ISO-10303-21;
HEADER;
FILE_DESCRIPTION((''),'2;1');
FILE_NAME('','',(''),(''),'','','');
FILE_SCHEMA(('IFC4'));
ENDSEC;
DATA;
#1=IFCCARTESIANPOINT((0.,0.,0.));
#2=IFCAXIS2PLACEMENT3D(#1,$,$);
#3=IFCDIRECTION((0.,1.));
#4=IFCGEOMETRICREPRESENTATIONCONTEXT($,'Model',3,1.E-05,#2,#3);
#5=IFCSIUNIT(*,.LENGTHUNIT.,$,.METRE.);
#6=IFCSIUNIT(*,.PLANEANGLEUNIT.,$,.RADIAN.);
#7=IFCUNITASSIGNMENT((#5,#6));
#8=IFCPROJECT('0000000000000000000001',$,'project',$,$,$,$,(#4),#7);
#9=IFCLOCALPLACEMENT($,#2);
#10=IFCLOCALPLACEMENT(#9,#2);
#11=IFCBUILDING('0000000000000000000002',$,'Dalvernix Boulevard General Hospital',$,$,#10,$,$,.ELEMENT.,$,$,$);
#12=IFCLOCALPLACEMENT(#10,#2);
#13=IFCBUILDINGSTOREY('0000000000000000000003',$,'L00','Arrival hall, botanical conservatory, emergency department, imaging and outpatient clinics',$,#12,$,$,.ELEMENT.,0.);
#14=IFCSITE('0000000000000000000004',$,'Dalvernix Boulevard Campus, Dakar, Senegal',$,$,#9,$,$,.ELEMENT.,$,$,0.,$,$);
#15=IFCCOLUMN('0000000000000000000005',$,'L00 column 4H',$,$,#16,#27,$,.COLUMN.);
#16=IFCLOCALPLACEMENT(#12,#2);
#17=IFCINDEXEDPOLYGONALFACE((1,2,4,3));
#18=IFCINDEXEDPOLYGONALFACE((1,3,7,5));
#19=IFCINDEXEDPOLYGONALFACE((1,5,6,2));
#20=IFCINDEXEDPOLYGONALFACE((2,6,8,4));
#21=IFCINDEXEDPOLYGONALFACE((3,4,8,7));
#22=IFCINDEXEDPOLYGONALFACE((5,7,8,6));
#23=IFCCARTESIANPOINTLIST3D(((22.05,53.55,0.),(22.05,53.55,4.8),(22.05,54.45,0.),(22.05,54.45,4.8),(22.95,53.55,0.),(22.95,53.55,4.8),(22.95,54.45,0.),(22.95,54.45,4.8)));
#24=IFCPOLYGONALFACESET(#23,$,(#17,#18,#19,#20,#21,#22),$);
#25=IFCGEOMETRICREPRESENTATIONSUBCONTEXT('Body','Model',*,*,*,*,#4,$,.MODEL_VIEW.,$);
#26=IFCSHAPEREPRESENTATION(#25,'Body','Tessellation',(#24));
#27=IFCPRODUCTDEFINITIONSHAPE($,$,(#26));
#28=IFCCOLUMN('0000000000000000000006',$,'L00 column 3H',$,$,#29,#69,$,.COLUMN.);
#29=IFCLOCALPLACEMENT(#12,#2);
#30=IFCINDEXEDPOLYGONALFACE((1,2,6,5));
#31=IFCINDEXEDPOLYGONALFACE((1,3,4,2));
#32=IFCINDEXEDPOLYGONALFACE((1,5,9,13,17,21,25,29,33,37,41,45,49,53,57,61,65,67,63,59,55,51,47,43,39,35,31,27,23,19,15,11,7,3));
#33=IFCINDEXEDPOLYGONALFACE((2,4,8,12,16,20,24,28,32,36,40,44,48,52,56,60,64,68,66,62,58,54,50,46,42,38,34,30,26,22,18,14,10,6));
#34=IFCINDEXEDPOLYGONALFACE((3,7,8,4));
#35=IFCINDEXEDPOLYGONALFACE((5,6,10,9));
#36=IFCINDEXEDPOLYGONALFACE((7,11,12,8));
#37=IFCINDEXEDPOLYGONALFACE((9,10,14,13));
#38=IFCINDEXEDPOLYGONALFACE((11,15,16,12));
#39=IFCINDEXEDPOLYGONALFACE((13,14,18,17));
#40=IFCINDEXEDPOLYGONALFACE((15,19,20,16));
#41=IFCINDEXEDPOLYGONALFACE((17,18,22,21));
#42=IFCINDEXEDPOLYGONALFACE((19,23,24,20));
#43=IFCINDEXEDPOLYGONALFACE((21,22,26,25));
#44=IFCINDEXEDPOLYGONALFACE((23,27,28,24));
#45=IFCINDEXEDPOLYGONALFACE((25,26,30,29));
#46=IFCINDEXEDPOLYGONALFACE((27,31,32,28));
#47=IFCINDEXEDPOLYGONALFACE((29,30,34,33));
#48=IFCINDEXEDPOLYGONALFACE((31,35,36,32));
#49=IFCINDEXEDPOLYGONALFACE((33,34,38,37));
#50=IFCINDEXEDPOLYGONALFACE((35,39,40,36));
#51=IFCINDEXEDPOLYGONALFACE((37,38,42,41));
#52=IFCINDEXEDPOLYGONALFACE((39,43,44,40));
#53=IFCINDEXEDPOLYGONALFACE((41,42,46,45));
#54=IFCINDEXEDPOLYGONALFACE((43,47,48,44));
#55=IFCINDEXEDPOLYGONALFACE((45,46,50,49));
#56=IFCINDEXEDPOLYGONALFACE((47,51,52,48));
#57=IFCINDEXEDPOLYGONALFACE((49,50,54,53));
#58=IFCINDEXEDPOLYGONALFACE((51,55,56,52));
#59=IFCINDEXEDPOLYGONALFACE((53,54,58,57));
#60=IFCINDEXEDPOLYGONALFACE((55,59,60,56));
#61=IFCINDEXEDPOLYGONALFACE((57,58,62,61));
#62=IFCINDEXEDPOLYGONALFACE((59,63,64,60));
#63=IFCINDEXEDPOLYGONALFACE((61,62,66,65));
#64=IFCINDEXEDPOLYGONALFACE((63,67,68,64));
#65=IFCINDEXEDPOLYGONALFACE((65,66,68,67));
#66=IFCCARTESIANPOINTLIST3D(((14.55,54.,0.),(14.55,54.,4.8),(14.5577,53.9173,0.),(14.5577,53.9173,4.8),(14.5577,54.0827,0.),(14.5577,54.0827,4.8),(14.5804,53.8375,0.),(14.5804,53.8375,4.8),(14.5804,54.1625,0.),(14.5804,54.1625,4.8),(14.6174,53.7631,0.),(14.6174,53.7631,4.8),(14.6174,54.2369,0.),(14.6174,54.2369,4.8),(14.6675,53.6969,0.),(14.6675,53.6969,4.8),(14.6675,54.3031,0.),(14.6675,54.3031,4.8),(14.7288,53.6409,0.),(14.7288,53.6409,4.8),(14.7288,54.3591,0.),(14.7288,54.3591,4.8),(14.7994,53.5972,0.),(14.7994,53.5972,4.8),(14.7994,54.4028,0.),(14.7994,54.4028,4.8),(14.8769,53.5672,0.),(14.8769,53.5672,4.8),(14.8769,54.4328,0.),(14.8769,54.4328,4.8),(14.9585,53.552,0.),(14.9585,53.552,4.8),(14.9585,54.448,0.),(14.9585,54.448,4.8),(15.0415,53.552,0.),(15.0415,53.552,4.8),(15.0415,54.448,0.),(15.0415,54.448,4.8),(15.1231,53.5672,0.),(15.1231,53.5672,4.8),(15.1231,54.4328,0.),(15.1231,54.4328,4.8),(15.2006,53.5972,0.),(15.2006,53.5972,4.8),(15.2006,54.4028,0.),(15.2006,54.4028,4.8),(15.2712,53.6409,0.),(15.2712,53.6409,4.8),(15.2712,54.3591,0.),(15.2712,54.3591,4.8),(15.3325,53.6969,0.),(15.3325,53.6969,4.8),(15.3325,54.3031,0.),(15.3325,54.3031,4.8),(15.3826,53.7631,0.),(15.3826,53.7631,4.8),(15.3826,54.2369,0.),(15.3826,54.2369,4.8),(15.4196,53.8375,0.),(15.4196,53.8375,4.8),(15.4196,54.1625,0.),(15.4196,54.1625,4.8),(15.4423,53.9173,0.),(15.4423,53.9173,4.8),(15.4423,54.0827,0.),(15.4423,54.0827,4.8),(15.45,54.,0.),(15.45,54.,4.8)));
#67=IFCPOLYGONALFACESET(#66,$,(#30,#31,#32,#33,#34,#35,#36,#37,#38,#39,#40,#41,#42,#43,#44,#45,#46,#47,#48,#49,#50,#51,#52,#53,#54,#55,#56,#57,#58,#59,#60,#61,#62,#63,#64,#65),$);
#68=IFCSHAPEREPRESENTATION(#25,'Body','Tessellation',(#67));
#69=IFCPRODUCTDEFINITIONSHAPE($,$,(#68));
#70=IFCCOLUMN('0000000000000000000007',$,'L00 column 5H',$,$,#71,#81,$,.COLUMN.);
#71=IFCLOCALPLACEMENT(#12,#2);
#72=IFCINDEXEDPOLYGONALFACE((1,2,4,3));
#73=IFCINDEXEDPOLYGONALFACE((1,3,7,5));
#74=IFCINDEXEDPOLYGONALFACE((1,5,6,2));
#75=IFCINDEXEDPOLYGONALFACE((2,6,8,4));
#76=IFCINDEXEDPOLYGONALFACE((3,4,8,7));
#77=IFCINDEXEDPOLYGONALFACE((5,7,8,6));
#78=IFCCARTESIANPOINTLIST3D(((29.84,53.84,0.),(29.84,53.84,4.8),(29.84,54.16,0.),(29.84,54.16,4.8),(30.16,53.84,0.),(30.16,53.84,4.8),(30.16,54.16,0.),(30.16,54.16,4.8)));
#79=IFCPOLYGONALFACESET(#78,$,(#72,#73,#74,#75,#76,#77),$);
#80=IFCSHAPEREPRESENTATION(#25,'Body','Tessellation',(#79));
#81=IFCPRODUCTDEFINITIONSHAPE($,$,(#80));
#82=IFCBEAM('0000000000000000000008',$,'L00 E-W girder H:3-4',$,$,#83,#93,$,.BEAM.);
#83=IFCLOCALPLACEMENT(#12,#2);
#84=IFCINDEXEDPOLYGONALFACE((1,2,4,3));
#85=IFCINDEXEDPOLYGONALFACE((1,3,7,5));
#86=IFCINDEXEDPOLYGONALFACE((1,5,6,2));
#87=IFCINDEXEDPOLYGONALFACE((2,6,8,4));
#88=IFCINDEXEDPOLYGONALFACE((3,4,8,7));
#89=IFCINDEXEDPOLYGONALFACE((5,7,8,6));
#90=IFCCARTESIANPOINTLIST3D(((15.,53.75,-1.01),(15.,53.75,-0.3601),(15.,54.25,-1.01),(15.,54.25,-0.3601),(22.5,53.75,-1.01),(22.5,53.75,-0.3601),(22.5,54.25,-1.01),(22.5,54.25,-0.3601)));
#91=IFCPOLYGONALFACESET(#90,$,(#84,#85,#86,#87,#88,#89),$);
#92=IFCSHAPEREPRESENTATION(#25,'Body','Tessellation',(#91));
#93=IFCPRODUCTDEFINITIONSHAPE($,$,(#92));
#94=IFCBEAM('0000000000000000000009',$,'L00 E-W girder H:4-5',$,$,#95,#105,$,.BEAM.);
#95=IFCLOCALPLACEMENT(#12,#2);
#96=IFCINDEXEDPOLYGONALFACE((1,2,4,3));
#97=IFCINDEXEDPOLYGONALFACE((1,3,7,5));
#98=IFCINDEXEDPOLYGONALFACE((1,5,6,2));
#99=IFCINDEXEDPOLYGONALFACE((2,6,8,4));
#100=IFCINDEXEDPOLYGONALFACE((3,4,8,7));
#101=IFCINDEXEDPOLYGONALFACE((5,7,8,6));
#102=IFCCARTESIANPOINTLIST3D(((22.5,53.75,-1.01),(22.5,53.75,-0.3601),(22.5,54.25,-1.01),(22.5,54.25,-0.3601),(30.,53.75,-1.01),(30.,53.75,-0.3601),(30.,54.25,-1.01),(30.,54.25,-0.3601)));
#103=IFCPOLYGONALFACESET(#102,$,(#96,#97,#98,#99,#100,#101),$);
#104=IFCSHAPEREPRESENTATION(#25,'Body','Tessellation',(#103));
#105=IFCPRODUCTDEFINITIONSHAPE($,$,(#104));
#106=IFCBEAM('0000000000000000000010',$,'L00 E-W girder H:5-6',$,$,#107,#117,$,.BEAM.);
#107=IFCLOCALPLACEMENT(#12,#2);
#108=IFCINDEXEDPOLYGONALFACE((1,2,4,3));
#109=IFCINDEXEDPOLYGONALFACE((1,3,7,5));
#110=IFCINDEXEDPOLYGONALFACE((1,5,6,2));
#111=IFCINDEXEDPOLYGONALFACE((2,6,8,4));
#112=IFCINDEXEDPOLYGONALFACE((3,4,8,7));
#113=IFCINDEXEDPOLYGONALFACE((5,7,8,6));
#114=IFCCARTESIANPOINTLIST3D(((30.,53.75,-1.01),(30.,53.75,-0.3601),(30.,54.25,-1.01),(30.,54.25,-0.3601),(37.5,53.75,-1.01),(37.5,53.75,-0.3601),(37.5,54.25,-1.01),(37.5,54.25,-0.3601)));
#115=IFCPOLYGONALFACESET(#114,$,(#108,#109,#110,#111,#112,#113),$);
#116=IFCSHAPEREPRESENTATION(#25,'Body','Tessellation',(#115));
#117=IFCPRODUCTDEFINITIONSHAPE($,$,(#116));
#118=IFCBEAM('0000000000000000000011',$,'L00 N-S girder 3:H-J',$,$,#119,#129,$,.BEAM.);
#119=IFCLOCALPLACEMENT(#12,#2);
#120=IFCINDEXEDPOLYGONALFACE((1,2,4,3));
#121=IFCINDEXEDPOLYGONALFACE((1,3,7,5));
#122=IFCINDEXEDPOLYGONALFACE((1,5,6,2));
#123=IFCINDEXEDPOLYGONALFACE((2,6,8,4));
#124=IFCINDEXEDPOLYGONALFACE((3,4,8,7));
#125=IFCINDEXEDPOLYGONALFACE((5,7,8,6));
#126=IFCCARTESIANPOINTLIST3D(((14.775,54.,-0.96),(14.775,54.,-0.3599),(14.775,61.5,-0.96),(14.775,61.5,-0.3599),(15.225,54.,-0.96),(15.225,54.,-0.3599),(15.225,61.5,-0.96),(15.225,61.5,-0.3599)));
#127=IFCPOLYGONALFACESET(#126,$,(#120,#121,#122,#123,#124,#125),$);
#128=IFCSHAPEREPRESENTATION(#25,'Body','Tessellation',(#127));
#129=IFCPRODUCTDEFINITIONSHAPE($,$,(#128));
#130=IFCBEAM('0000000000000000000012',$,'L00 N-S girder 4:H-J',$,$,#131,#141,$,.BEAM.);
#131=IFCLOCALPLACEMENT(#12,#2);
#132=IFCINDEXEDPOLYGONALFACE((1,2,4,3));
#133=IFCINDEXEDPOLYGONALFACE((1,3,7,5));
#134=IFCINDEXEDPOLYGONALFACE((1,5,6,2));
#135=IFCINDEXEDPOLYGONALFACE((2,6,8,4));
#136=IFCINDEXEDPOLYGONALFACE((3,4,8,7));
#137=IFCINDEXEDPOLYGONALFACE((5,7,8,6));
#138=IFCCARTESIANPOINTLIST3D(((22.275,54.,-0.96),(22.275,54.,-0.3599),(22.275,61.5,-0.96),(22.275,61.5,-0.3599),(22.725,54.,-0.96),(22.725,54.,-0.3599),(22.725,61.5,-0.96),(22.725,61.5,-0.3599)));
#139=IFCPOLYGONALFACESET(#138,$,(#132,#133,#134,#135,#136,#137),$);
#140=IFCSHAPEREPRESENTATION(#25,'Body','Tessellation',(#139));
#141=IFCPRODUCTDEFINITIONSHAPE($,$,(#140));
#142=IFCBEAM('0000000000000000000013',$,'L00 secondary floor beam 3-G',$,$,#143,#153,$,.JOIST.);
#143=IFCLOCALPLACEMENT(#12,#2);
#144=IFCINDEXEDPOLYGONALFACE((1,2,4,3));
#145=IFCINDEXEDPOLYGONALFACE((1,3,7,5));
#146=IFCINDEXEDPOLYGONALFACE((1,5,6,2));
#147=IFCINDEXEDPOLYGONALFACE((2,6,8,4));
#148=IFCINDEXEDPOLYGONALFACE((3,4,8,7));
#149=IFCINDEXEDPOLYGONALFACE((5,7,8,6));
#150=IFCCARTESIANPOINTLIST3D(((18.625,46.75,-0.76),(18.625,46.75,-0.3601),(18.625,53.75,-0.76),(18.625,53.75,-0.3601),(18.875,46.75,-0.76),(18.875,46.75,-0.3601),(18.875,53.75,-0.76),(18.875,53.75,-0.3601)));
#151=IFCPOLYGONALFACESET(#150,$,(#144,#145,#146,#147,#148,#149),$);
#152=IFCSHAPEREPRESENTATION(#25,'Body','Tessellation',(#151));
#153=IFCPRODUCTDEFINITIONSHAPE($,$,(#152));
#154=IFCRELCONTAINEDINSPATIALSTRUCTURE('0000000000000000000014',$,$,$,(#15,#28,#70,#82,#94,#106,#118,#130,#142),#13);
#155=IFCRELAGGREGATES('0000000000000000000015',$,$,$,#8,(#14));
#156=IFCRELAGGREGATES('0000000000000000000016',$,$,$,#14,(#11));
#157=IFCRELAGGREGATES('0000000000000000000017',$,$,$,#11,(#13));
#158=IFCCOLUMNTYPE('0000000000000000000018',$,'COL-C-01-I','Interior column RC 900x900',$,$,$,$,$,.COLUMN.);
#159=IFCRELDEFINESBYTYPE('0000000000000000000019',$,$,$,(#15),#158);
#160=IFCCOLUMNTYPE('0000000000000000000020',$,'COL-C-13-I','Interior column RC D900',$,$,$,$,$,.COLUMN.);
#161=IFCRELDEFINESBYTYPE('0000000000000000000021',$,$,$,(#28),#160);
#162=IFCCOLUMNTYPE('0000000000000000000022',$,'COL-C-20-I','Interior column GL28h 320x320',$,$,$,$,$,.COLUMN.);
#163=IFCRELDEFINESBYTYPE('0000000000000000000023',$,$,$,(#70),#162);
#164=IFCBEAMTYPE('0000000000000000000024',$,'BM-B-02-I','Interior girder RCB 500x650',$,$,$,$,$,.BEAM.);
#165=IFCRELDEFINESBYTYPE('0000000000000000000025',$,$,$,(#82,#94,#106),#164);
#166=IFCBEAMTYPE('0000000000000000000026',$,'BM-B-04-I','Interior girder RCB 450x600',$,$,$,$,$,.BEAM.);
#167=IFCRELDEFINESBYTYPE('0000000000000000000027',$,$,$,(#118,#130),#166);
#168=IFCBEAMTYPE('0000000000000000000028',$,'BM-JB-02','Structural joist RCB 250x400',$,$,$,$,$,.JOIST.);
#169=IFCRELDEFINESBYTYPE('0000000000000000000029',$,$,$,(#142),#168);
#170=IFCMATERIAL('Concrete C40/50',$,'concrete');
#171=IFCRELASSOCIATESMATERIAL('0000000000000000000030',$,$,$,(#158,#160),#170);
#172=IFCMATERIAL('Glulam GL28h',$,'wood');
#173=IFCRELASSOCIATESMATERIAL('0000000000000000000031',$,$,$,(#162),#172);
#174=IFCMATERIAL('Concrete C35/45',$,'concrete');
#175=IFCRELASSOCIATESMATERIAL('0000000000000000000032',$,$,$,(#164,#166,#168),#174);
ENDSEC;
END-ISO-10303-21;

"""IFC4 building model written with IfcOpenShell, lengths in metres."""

from ifc_helpers import new_model, si_unit, direction, frame, origin, origin_2d, place, context, subcontext, project, spatial, rectangle, circle, extrude, material, material_profile, profile_set, type_object, element, save


model = new_model("IFC4")

# Units and contexts
model_context = context("Model", 3, precision=1e-05, world=origin(), true_north=direction((0.0, 1.0)))
body_context = subcontext(model_context, "Body", "Model", "MODEL_VIEW")
ifc_project = project(units=[si_unit("LENGTHUNIT", "METRE"), si_unit("PLANEANGLEUNIT", "RADIAN")], contexts=[model_context])

# Site, building, storey
site_placement = place(None, origin())
site = spatial("IfcSite", under=ifc_project, at=site_placement, Name="Dalvernix Boulevard Campus, Dakar, Senegal", CompositionType="ELEMENT", RefElevation=0.0)
building_placement = place(site_placement, origin())
building = spatial("IfcBuilding", under=site, at=building_placement, Name="Dalvernix Boulevard General Hospital", CompositionType="ELEMENT")
storey_placement = place(building_placement, origin())
storey = spatial("IfcBuildingStorey", under=building, at=storey_placement, Name="L00", Description="Arrival hall, botanical conservatory, emergency department, imaging and outpatient clinics", CompositionType="ELEMENT", Elevation=0.0)

# Columns
ifc_material_1 = material(Name="Concrete C40/50", Category="concrete")
ifc_material_profile_1 = material_profile(ifc_material_1, rectangle(XDim=0.8999, YDim=0.8999, at=origin_2d()), Name="RC 900x900")
ifc_profile_set_1 = profile_set([ifc_material_profile_1], Name="Concrete C40/50")
column_type_1 = type_object("IfcColumnType", Name="COL-C-01-I", Description="Interior column RC 900x900", PredefinedType="COLUMN", material=ifc_profile_set_1)
column_1_placement = place(storey_placement, frame((22.5, 54.0, 0.0), z_axis=(0.0, 0.0, 1.0), x_axis=(1.0, 0.0, 0.0)))
element("IfcColumn", 1, at=column_1_placement, inside=storey, type_object=column_type_1, Name="L00 column 4H", PredefinedType="COLUMN", context=body_context, shape_type="SweptSolid", body=[
    extrude(rectangle(XDim=0.8999, YDim=0.8999, at=origin_2d()), origin(), (0.0, 0.0, 1.0), 4.8),
])
ifc_material_profile_2 = material_profile(ifc_material_1, circle(Radius=0.45, at=origin_2d()), Name="RC D900")
ifc_profile_set_2 = profile_set([ifc_material_profile_2], Name="Concrete C40/50")
column_type_2 = type_object("IfcColumnType", Name="COL-C-13-I", Description="Interior column RC D900", PredefinedType="COLUMN", material=ifc_profile_set_2)
column_2_placement = place(storey_placement, frame((15.0, 54.0, 0.0), z_axis=(0.0, 0.0, 1.0), x_axis=(1.0, 0.0, 0.0)))
element("IfcColumn", 2, at=column_2_placement, inside=storey, type_object=column_type_2, Name="L00 column 3H", PredefinedType="COLUMN", context=body_context, shape_type="SweptSolid", body=[
    extrude(circle(Radius=0.45, at=origin_2d()), origin(), (0.0, 0.0, 1.0), 4.8),
])
ifc_material_2 = material(Name="Glulam GL28h", Category="wood")
ifc_material_profile_3 = material_profile(ifc_material_2, rectangle(XDim=0.3201, YDim=0.3201, at=origin_2d()), Name="GL28h 320x320")
ifc_profile_set_3 = profile_set([ifc_material_profile_3], Name="Glulam GL28h")
column_type_3 = type_object("IfcColumnType", Name="COL-C-20-I", Description="Interior column GL28h 320x320", PredefinedType="COLUMN", material=ifc_profile_set_3)
column_3_placement = place(storey_placement, frame((30.0, 54.0, 0.0), z_axis=(0.0, 0.0, 1.0), x_axis=(1.0, 0.0, 0.0)))
element("IfcColumn", 3, at=column_3_placement, inside=storey, type_object=column_type_3, Name="L00 column 5H", PredefinedType="COLUMN", context=body_context, shape_type="SweptSolid", body=[
    extrude(rectangle(XDim=0.3201, YDim=0.3201, at=origin_2d()), origin(), (0.0, 0.0, 1.0), 4.8),
])

# Beams
ifc_material_3 = material(Name="Concrete C35/45", Category="concrete")
ifc_material_profile_4 = material_profile(ifc_material_3, rectangle(XDim=0.5, YDim=0.6499, at=origin_2d()), Name="RCB 500x650")
ifc_profile_set_4 = profile_set([ifc_material_profile_4], Name="Concrete C35/45")
beam_type_1 = type_object("IfcBeamType", Name="BM-B-02-I", Description="Interior girder RCB 500x650", PredefinedType="BEAM", material=ifc_profile_set_4)
for number, where, z_axis, x_axis, name in (
    (4, (15.0, 54.0, -0.6851), (1.0, 0.0, 0.0), (0.0, 1.0, 0.0), "L00 E-W girder H:3-4"),
    (5, (22.5, 54.0, -0.6851), (1.0, 0.0, 0.0), (0.0, 1.0, 0.0), "L00 E-W girder H:4-5"),
    (6, (30.0, 54.0, -0.6851), (1.0, 0.0, 0.0), (0.0, 1.0, 0.0), "L00 E-W girder H:5-6"),
):
    element("IfcBeam", number, at=place(storey_placement, frame(where, z_axis=z_axis, x_axis=x_axis)), inside=storey, type_object=beam_type_1, Name=name, PredefinedType="BEAM", context=body_context, shape_type="SweptSolid", body=[
        extrude(rectangle(XDim=0.5, YDim=0.6499, at=origin_2d()), origin(), (0.0, 0.0, 1.0), 7.5),
    ])
ifc_material_profile_5 = material_profile(ifc_material_3, rectangle(XDim=0.45, YDim=0.6001, at=origin_2d()), Name="RCB 450x600")
ifc_profile_set_5 = profile_set([ifc_material_profile_5], Name="Concrete C35/45")
beam_type_2 = type_object("IfcBeamType", Name="BM-B-04-I", Description="Interior girder RCB 450x600", PredefinedType="BEAM", material=ifc_profile_set_5)
for number, where, z_axis, x_axis, name in (
    (7, (15.0, 54.0, -0.6599), (0.0, 1.0, 0.0), (-1.0, 0.0, 0.0), "L00 N-S girder 3:H-J"),
    (8, (22.5, 54.0, -0.6599), (0.0, 1.0, 0.0), (-1.0, 0.0, 0.0), "L00 N-S girder 4:H-J"),
):
    element("IfcBeam", number, at=place(storey_placement, frame(where, z_axis=z_axis, x_axis=x_axis)), inside=storey, type_object=beam_type_2, Name=name, PredefinedType="BEAM", context=body_context, shape_type="SweptSolid", body=[
        extrude(rectangle(XDim=0.45, YDim=0.6001, at=origin_2d()), origin(), (0.0, 0.0, 1.0), 7.5),
    ])
ifc_material_profile_6 = material_profile(ifc_material_3, rectangle(XDim=0.25, YDim=0.3999, at=origin_2d()), Name="RCB 250x400")
ifc_profile_set_6 = profile_set([ifc_material_profile_6], Name="Concrete C35/45")
beam_type_3 = type_object("IfcBeamType", Name="BM-JB-02", Description="Structural joist RCB 250x400", PredefinedType="JOIST", material=ifc_profile_set_6)
beam_1_placement = place(storey_placement, frame((18.75, 46.75, -0.5601), z_axis=(0.0, 1.0, 0.0), x_axis=(-1.0, 0.0, 0.0)))
element("IfcBeam", 9, at=beam_1_placement, inside=storey, type_object=beam_type_3, Name="L00 secondary floor beam 3-G", PredefinedType="JOIST", context=body_context, shape_type="SweptSolid", body=[
    extrude(rectangle(XDim=0.25, YDim=0.3999, at=origin_2d()), origin(), (0.0, 0.0, 1.0), 7.0),
])

save(model, "model.ifc")
